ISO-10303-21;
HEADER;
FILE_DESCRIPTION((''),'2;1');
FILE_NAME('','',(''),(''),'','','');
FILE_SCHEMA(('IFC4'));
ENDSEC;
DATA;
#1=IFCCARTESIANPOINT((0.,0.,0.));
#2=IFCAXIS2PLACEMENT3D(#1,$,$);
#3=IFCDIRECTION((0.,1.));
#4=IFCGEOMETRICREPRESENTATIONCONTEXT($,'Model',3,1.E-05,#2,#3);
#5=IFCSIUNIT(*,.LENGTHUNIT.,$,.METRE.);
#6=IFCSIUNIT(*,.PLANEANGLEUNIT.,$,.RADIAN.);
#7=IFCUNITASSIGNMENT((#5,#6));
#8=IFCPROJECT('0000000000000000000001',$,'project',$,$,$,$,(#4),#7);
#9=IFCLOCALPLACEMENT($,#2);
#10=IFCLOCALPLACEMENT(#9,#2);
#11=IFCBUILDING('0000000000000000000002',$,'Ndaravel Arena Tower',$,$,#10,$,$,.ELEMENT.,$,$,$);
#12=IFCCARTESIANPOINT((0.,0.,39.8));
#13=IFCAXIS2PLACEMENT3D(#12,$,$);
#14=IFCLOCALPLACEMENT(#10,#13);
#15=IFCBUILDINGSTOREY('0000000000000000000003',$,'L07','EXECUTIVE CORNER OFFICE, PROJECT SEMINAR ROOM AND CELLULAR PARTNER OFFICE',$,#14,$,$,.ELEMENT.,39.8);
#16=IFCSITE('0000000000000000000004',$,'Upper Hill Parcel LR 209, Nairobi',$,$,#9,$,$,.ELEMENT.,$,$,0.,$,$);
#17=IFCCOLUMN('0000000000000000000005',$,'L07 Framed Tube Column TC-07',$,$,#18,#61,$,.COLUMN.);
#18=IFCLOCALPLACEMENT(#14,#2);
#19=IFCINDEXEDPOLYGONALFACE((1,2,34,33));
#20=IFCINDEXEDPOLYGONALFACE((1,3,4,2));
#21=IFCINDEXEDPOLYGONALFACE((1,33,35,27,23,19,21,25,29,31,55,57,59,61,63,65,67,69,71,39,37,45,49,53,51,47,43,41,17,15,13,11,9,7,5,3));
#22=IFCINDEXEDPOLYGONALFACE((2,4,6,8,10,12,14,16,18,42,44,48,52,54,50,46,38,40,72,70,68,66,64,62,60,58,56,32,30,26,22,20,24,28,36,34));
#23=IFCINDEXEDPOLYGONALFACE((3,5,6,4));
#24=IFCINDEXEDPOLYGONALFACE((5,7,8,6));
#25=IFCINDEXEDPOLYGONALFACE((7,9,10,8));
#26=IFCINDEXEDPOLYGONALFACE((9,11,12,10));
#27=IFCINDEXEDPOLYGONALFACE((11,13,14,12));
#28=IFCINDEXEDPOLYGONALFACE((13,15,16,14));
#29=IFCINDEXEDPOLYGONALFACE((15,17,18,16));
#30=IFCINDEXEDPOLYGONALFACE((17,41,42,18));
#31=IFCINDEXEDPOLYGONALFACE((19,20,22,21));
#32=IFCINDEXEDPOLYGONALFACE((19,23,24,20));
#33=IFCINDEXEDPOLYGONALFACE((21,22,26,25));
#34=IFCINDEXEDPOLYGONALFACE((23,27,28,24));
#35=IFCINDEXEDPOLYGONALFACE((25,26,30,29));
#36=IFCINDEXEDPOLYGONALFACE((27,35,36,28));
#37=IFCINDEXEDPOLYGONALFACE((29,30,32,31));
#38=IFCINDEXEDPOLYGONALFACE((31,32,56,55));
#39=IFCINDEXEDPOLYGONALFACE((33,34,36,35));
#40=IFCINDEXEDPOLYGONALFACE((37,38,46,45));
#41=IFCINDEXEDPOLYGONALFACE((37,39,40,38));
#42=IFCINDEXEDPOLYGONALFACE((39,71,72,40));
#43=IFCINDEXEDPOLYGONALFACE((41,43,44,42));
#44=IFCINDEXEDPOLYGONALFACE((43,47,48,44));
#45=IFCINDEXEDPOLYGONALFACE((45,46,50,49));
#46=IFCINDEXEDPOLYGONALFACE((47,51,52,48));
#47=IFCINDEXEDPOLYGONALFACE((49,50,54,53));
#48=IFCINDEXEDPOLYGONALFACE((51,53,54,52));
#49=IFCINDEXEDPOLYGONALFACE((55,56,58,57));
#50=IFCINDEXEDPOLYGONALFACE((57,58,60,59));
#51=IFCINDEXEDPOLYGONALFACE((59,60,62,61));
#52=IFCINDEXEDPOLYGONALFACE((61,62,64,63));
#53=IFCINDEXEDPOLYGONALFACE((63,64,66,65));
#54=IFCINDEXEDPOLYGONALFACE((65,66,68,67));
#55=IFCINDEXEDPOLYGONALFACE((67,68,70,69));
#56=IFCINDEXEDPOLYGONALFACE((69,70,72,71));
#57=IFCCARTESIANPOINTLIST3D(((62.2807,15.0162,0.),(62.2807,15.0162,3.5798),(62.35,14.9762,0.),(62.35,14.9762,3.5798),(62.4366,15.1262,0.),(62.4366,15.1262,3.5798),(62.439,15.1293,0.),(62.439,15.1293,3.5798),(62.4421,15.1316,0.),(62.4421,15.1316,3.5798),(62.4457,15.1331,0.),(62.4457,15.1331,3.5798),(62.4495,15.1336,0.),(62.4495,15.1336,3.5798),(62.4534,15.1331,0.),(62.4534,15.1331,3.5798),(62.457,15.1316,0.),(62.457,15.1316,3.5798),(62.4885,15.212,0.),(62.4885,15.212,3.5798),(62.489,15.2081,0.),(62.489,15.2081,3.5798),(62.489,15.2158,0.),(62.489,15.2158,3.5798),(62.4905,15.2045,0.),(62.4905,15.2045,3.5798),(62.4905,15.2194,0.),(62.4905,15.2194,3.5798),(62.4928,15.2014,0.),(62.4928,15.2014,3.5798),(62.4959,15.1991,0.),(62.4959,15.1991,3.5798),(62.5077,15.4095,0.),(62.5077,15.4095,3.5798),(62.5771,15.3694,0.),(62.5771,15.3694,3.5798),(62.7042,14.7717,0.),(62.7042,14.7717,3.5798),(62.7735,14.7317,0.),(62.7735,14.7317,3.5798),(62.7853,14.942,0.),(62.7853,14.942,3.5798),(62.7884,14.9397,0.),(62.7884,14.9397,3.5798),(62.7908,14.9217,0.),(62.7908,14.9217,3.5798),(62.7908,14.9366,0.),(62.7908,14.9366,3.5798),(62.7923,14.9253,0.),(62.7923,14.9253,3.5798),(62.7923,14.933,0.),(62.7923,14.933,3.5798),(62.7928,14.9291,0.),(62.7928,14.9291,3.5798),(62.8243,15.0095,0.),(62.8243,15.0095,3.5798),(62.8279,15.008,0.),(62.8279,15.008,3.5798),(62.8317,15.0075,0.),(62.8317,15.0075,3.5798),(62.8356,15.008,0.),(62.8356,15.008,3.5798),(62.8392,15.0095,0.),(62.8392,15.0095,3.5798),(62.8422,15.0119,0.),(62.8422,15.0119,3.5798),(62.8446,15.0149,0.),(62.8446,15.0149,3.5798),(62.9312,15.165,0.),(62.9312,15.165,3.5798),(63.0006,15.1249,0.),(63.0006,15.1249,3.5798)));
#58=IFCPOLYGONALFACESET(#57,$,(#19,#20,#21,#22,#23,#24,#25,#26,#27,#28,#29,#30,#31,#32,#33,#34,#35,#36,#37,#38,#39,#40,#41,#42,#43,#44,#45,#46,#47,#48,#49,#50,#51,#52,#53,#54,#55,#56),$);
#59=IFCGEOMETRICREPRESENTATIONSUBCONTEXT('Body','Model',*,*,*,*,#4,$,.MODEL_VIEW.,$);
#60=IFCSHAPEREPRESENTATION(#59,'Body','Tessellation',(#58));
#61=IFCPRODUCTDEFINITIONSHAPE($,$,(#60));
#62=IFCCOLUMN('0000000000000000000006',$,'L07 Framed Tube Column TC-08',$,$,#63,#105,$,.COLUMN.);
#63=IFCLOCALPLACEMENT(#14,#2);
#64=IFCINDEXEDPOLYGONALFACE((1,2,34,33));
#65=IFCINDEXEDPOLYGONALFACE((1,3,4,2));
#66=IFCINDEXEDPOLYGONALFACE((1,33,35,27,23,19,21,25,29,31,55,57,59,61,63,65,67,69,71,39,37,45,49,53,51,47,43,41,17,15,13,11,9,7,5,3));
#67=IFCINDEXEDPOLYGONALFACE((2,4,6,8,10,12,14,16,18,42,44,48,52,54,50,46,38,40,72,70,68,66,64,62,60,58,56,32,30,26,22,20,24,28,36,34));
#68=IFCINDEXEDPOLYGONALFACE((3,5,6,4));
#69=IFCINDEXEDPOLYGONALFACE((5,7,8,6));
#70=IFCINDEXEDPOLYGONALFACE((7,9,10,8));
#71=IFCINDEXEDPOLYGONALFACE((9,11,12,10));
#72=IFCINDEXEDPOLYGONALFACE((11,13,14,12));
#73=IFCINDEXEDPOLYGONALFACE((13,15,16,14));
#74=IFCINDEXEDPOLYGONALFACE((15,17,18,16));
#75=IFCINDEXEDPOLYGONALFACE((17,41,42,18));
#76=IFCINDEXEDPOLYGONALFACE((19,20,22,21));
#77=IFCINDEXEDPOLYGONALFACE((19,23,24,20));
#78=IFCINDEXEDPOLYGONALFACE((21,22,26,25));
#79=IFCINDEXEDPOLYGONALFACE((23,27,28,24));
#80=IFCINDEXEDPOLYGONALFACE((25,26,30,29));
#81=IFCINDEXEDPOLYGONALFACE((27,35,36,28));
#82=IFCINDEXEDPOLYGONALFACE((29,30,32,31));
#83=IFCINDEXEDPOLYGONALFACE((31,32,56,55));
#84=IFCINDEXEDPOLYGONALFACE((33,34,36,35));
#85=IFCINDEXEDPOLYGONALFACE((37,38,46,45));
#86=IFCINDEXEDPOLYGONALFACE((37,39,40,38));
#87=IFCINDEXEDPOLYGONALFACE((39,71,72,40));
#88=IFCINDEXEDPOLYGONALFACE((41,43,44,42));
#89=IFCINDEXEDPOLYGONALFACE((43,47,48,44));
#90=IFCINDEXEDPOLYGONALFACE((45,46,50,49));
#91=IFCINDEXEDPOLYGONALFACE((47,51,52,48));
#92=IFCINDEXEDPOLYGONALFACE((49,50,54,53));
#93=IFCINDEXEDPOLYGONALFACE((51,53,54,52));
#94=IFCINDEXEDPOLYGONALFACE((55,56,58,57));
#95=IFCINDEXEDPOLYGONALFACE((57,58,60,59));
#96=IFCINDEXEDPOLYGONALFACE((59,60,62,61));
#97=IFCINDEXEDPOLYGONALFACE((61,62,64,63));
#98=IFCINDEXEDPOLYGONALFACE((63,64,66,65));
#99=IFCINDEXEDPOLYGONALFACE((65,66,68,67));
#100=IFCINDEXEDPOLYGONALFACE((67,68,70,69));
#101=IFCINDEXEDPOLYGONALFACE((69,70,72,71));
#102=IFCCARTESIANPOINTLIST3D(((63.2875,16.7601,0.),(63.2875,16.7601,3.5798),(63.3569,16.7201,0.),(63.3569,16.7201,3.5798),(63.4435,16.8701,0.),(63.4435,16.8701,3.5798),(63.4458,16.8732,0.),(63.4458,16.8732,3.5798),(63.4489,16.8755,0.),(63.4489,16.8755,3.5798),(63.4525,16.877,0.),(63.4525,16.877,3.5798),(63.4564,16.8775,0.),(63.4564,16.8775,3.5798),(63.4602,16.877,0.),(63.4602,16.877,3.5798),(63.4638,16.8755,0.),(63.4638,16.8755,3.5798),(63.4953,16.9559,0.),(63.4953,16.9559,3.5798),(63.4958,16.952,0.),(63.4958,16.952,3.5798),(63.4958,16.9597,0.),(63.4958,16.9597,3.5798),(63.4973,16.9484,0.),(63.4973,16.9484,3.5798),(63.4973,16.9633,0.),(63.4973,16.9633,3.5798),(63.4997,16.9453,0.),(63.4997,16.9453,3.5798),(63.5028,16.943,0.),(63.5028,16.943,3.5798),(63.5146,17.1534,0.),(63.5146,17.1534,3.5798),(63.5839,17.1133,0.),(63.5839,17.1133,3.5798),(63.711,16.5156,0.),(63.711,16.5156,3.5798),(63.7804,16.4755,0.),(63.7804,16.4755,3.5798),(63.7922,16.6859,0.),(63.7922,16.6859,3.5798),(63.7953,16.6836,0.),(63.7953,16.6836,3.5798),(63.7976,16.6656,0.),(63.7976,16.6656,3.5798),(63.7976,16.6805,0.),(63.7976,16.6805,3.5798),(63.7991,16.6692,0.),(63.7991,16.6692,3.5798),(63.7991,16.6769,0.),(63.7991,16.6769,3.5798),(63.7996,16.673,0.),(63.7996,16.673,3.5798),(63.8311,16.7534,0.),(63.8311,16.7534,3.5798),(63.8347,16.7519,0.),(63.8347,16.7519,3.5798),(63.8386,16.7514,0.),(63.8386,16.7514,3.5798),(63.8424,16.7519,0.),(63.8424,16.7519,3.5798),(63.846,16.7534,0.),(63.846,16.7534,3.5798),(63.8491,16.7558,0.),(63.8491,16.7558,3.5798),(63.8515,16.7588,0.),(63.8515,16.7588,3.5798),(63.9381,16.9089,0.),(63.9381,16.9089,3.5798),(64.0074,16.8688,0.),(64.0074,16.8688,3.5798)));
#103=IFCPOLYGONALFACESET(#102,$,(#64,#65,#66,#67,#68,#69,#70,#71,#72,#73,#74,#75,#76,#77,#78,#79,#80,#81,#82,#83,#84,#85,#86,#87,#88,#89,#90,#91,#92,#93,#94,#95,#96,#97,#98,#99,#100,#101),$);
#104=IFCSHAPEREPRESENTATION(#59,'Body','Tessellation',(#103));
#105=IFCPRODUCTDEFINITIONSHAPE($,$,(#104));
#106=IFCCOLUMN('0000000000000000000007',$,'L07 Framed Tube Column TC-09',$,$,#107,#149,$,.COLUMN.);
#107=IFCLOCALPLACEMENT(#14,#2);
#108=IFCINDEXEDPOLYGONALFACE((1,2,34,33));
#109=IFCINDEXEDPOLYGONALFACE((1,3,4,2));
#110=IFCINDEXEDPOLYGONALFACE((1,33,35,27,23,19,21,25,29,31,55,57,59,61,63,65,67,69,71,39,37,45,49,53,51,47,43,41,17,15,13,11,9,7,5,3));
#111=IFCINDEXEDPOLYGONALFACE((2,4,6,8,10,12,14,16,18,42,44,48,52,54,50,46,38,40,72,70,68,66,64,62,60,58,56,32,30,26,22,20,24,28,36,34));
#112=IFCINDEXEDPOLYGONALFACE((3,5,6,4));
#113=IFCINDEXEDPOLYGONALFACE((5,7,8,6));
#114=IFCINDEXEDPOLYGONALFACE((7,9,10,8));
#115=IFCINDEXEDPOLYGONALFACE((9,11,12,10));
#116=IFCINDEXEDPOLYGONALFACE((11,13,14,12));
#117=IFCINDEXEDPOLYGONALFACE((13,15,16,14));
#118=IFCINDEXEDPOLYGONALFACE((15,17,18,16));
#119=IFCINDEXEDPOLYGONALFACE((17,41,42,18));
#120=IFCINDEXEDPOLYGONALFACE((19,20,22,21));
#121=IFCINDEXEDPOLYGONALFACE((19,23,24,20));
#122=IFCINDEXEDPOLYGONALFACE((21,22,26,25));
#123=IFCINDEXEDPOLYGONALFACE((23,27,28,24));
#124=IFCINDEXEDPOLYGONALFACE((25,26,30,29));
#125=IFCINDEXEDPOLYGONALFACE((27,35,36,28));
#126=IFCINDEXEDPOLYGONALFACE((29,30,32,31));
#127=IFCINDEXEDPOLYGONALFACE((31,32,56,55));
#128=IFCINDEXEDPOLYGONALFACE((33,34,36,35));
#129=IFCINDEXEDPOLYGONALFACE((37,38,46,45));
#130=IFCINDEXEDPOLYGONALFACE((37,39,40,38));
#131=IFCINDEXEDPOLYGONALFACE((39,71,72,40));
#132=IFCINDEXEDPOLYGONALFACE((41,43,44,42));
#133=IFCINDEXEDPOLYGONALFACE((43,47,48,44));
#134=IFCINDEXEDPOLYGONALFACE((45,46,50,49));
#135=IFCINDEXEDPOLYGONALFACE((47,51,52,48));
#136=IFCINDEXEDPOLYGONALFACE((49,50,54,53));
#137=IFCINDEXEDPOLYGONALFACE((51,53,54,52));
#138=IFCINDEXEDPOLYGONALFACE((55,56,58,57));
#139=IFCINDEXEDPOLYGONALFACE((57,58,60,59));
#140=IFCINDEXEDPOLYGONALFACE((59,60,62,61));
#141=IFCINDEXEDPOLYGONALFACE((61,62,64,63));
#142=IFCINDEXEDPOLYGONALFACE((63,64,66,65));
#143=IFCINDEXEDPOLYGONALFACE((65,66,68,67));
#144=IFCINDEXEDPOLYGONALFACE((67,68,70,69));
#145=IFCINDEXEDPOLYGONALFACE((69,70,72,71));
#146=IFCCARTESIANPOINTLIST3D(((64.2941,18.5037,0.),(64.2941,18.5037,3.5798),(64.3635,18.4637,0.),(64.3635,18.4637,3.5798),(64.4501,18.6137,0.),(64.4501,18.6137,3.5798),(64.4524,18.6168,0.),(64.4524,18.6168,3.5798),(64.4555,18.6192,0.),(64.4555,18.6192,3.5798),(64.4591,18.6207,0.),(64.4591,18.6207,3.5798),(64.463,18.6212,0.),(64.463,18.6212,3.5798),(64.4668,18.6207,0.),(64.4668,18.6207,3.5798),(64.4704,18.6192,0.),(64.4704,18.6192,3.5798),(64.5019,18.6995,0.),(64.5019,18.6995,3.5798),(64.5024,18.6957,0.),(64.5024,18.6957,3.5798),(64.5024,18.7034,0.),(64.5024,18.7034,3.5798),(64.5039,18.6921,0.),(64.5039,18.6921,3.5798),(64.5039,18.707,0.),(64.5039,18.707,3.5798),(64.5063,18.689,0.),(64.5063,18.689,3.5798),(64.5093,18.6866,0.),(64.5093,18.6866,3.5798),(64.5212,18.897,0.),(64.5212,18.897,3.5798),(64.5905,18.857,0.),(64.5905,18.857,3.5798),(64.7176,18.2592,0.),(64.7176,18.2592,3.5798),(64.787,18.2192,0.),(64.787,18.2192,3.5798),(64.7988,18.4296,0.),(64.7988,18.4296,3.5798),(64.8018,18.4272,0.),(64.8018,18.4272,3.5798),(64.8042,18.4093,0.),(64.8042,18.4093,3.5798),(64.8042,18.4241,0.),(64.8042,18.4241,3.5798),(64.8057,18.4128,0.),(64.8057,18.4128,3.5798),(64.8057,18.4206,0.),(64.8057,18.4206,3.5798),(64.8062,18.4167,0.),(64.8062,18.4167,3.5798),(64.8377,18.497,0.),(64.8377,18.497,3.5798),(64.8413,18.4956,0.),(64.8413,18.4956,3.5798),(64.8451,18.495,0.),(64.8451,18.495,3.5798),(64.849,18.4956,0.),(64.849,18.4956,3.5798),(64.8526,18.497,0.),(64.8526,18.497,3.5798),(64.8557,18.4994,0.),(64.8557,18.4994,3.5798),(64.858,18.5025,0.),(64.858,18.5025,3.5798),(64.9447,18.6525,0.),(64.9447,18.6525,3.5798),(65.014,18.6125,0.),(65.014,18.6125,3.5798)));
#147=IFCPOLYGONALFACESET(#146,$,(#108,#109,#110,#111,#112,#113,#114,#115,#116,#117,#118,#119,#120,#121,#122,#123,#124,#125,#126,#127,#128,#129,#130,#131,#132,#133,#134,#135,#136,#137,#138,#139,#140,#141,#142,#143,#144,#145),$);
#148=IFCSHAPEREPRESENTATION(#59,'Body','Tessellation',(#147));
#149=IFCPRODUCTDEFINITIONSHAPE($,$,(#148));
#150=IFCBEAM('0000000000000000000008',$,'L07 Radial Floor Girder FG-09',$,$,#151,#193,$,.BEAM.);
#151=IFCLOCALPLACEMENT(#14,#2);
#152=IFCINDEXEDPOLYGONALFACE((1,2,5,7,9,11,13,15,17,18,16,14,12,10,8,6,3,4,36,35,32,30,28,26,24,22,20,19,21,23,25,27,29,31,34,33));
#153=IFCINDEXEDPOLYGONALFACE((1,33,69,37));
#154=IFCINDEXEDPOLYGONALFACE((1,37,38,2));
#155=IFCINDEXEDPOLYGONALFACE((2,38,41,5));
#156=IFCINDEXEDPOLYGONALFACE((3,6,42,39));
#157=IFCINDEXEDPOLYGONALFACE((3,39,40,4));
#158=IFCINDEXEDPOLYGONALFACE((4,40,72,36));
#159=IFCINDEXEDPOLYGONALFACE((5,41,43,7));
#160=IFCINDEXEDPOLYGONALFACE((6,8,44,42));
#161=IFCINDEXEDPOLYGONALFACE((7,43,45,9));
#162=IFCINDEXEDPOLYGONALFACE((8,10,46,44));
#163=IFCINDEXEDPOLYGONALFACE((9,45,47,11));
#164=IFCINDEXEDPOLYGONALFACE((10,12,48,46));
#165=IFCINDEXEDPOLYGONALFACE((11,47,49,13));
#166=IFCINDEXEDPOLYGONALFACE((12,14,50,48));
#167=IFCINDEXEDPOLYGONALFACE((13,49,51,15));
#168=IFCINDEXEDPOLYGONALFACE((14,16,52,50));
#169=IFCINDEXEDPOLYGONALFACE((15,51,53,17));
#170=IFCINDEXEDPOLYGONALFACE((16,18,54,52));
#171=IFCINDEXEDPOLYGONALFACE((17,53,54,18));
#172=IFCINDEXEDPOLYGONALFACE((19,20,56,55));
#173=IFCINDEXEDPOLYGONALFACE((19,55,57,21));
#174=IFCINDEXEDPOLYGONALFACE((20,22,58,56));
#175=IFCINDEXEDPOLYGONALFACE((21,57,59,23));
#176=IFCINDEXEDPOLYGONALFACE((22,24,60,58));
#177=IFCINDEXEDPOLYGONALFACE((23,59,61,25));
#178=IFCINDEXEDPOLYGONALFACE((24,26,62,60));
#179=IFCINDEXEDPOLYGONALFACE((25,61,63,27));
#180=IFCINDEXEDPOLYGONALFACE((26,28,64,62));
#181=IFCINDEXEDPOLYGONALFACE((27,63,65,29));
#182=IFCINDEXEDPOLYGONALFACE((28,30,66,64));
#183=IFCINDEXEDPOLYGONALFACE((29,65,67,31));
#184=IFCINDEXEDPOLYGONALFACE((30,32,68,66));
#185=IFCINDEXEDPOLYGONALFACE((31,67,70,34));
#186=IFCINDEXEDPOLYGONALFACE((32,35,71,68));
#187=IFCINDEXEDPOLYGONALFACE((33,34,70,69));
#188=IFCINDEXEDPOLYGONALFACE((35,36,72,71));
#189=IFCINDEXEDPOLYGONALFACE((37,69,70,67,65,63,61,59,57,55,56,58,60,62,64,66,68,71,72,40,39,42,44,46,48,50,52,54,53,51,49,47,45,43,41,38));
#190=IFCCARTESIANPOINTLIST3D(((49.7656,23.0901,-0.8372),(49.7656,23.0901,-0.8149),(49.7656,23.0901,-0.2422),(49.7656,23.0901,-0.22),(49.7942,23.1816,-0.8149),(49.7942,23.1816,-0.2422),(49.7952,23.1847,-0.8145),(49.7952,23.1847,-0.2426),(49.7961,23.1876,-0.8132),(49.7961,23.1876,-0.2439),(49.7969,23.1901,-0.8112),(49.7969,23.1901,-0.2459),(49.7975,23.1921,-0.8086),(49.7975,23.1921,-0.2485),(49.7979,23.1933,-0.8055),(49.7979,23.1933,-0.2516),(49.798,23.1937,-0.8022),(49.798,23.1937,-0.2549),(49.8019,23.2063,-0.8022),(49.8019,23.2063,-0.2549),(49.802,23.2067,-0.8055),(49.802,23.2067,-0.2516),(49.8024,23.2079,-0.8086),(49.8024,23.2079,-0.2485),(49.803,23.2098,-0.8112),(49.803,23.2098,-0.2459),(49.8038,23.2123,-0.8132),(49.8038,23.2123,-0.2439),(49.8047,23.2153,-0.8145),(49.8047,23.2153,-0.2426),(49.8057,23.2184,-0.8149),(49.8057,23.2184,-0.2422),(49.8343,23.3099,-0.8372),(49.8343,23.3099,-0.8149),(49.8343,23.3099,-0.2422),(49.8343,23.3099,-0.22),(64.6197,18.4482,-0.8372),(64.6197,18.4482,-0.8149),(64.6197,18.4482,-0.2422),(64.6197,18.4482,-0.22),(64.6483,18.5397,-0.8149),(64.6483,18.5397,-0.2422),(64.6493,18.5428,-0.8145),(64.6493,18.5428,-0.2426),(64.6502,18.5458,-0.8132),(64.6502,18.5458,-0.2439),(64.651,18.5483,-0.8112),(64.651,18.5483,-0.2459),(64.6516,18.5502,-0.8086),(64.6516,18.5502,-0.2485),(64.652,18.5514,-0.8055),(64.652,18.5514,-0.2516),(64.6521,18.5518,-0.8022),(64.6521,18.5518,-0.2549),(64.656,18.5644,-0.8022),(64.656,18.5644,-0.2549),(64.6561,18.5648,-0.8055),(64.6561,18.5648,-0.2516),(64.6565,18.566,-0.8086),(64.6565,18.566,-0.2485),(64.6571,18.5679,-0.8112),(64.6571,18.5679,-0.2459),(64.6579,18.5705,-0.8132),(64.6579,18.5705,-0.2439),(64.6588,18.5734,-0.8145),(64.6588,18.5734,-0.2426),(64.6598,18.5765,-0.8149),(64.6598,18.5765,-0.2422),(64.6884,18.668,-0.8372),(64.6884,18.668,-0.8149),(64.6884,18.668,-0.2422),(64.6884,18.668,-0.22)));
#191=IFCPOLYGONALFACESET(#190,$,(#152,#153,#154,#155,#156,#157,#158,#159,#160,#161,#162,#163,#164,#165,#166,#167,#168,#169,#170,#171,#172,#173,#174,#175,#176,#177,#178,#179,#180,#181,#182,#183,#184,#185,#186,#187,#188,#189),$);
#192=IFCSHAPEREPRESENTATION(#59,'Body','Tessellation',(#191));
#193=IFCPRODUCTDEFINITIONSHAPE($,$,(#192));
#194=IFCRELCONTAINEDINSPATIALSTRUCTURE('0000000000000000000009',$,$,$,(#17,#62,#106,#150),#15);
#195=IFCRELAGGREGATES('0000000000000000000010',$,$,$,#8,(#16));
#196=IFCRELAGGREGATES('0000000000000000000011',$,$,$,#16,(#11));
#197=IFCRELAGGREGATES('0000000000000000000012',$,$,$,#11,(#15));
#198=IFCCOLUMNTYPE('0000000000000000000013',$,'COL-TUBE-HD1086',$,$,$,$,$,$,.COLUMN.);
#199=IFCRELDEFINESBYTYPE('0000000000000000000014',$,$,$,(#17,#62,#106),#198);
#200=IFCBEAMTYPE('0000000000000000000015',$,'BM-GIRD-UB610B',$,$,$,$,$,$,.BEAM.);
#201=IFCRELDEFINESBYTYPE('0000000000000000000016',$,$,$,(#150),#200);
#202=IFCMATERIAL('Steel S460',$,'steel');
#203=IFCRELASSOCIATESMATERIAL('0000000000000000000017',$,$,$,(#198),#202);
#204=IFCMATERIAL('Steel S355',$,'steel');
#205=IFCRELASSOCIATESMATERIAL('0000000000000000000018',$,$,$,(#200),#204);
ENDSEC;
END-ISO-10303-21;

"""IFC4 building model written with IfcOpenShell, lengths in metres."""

from ifc_helpers import new_model, si_unit, direction, frame, origin, origin_2d, place, context, subcontext, project, spatial, i_section, extrude, material, material_profile, profile_set, type_object, element, save


model = new_model("IFC4")

# Units and contexts
model_context = context("Model", 3, precision=1e-05, world=origin(), true_north=direction((0.0, 1.0)))
body_context = subcontext(model_context, "Body", "Model", "MODEL_VIEW")
ifc_project = project(units=[si_unit("LENGTHUNIT", "METRE"), si_unit("PLANEANGLEUNIT", "RADIAN")], contexts=[model_context])

# Site, building, storey
site_placement = place(None, origin())
site = spatial("IfcSite", under=ifc_project, at=site_placement, Name="Upper Hill Parcel LR 209, Nairobi", CompositionType="ELEMENT", RefElevation=0.0)
building_placement = place(site_placement, origin())
building = spatial("IfcBuilding", under=site, at=building_placement, Name="Ndaravel Arena Tower", CompositionType="ELEMENT")
storey_placement = place(building_placement, frame((0.0, 0.0, 39.8)))
storey = spatial("IfcBuildingStorey", under=building, at=storey_placement, Name="L07", Description="EXECUTIVE CORNER OFFICE, PROJECT SEMINAR ROOM AND CELLULAR PARTNER OFFICE", CompositionType="ELEMENT", Elevation=39.8)

# Columns
ifc_material_1 = material(Name="Steel S460", Category="steel")
ifc_material_profile_1 = material_profile(ifc_material_1, i_section(OverallWidth=0.4541, OverallDepth=0.5691, WebThickness=0.0779, FlangeThickness=0.0801, FilletRadius=0.0149, at=origin_2d()), Name="HD 400x1086")
ifc_profile_set_1 = profile_set([ifc_material_profile_1], Name="Steel S460")
column_type = type_object("IfcColumnType", Name="COL-TUBE-HD1086", PredefinedType="COLUMN", material=ifc_profile_set_1)
for number, where, z_axis, x_axis, name in (
    (1, (62.6406, 15.0706, 0.0), (0.0, 0.0, 1.0), (0.5, 0.866025, 0.0), "L07 Framed Tube Column TC-07"),
    (2, (63.6475, 16.8145, 0.0), (0.0, 0.0, 1.0), (0.5, 0.866025, 0.0), "L07 Framed Tube Column TC-08"),
    (3, (64.6541, 18.5581, 0.0), (0.0, 0.0, 1.0), (0.5, 0.866025, 0.0), "L07 Framed Tube Column TC-09"),
):
    element("IfcColumn", number, at=place(storey_placement, frame(where, z_axis=z_axis, x_axis=x_axis)), inside=storey, type_object=column_type, Name=name, PredefinedType="COLUMN", context=body_context, shape_type="SweptSolid", body=[
        extrude(i_section(OverallWidth=0.4541, OverallDepth=0.5691, WebThickness=0.0779, FlangeThickness=0.0801, FilletRadius=0.0149, at=origin_2d()), origin(), (0.0, 0.0, 1.0), 3.5798),
    ])

# Beam
ifc_material_2 = material(Name="Steel S355", Category="steel")
ifc_material_profile_2 = material_profile(ifc_material_2, i_section(OverallWidth=0.2302, OverallDepth=0.6172, WebThickness=0.0132, FlangeThickness=0.0222, FilletRadius=0.0127, at=origin_2d()), Name="UB 610x229x140")
ifc_profile_set_2 = profile_set([ifc_material_profile_2], Name="Steel S355")
beam_type_1 = type_object("IfcBeamType", Name="BM-GIRD-UB610B", PredefinedType="BEAM", material=ifc_profile_set_2)
beam_1_placement = place(storey_placement, frame((64.6541, 18.5581, -0.5286), z_axis=(-0.954481, 0.298273, 0.0), x_axis=(-0.298273, -0.954481, 0.0)))
element("IfcBeam", 4, at=beam_1_placement, inside=storey, type_object=beam_type_1, Name="L07 Radial Floor Girder FG-09", PredefinedType="BEAM", context=body_context, shape_type="SweptSolid", body=[
    extrude(i_section(OverallWidth=0.2302, OverallDepth=0.6172, WebThickness=0.0132, FlangeThickness=0.0222, FilletRadius=0.0127, at=origin_2d()), origin(), (0.0, 0.0, 1.0), 15.5625),
])

save(model, "model.ifc")
